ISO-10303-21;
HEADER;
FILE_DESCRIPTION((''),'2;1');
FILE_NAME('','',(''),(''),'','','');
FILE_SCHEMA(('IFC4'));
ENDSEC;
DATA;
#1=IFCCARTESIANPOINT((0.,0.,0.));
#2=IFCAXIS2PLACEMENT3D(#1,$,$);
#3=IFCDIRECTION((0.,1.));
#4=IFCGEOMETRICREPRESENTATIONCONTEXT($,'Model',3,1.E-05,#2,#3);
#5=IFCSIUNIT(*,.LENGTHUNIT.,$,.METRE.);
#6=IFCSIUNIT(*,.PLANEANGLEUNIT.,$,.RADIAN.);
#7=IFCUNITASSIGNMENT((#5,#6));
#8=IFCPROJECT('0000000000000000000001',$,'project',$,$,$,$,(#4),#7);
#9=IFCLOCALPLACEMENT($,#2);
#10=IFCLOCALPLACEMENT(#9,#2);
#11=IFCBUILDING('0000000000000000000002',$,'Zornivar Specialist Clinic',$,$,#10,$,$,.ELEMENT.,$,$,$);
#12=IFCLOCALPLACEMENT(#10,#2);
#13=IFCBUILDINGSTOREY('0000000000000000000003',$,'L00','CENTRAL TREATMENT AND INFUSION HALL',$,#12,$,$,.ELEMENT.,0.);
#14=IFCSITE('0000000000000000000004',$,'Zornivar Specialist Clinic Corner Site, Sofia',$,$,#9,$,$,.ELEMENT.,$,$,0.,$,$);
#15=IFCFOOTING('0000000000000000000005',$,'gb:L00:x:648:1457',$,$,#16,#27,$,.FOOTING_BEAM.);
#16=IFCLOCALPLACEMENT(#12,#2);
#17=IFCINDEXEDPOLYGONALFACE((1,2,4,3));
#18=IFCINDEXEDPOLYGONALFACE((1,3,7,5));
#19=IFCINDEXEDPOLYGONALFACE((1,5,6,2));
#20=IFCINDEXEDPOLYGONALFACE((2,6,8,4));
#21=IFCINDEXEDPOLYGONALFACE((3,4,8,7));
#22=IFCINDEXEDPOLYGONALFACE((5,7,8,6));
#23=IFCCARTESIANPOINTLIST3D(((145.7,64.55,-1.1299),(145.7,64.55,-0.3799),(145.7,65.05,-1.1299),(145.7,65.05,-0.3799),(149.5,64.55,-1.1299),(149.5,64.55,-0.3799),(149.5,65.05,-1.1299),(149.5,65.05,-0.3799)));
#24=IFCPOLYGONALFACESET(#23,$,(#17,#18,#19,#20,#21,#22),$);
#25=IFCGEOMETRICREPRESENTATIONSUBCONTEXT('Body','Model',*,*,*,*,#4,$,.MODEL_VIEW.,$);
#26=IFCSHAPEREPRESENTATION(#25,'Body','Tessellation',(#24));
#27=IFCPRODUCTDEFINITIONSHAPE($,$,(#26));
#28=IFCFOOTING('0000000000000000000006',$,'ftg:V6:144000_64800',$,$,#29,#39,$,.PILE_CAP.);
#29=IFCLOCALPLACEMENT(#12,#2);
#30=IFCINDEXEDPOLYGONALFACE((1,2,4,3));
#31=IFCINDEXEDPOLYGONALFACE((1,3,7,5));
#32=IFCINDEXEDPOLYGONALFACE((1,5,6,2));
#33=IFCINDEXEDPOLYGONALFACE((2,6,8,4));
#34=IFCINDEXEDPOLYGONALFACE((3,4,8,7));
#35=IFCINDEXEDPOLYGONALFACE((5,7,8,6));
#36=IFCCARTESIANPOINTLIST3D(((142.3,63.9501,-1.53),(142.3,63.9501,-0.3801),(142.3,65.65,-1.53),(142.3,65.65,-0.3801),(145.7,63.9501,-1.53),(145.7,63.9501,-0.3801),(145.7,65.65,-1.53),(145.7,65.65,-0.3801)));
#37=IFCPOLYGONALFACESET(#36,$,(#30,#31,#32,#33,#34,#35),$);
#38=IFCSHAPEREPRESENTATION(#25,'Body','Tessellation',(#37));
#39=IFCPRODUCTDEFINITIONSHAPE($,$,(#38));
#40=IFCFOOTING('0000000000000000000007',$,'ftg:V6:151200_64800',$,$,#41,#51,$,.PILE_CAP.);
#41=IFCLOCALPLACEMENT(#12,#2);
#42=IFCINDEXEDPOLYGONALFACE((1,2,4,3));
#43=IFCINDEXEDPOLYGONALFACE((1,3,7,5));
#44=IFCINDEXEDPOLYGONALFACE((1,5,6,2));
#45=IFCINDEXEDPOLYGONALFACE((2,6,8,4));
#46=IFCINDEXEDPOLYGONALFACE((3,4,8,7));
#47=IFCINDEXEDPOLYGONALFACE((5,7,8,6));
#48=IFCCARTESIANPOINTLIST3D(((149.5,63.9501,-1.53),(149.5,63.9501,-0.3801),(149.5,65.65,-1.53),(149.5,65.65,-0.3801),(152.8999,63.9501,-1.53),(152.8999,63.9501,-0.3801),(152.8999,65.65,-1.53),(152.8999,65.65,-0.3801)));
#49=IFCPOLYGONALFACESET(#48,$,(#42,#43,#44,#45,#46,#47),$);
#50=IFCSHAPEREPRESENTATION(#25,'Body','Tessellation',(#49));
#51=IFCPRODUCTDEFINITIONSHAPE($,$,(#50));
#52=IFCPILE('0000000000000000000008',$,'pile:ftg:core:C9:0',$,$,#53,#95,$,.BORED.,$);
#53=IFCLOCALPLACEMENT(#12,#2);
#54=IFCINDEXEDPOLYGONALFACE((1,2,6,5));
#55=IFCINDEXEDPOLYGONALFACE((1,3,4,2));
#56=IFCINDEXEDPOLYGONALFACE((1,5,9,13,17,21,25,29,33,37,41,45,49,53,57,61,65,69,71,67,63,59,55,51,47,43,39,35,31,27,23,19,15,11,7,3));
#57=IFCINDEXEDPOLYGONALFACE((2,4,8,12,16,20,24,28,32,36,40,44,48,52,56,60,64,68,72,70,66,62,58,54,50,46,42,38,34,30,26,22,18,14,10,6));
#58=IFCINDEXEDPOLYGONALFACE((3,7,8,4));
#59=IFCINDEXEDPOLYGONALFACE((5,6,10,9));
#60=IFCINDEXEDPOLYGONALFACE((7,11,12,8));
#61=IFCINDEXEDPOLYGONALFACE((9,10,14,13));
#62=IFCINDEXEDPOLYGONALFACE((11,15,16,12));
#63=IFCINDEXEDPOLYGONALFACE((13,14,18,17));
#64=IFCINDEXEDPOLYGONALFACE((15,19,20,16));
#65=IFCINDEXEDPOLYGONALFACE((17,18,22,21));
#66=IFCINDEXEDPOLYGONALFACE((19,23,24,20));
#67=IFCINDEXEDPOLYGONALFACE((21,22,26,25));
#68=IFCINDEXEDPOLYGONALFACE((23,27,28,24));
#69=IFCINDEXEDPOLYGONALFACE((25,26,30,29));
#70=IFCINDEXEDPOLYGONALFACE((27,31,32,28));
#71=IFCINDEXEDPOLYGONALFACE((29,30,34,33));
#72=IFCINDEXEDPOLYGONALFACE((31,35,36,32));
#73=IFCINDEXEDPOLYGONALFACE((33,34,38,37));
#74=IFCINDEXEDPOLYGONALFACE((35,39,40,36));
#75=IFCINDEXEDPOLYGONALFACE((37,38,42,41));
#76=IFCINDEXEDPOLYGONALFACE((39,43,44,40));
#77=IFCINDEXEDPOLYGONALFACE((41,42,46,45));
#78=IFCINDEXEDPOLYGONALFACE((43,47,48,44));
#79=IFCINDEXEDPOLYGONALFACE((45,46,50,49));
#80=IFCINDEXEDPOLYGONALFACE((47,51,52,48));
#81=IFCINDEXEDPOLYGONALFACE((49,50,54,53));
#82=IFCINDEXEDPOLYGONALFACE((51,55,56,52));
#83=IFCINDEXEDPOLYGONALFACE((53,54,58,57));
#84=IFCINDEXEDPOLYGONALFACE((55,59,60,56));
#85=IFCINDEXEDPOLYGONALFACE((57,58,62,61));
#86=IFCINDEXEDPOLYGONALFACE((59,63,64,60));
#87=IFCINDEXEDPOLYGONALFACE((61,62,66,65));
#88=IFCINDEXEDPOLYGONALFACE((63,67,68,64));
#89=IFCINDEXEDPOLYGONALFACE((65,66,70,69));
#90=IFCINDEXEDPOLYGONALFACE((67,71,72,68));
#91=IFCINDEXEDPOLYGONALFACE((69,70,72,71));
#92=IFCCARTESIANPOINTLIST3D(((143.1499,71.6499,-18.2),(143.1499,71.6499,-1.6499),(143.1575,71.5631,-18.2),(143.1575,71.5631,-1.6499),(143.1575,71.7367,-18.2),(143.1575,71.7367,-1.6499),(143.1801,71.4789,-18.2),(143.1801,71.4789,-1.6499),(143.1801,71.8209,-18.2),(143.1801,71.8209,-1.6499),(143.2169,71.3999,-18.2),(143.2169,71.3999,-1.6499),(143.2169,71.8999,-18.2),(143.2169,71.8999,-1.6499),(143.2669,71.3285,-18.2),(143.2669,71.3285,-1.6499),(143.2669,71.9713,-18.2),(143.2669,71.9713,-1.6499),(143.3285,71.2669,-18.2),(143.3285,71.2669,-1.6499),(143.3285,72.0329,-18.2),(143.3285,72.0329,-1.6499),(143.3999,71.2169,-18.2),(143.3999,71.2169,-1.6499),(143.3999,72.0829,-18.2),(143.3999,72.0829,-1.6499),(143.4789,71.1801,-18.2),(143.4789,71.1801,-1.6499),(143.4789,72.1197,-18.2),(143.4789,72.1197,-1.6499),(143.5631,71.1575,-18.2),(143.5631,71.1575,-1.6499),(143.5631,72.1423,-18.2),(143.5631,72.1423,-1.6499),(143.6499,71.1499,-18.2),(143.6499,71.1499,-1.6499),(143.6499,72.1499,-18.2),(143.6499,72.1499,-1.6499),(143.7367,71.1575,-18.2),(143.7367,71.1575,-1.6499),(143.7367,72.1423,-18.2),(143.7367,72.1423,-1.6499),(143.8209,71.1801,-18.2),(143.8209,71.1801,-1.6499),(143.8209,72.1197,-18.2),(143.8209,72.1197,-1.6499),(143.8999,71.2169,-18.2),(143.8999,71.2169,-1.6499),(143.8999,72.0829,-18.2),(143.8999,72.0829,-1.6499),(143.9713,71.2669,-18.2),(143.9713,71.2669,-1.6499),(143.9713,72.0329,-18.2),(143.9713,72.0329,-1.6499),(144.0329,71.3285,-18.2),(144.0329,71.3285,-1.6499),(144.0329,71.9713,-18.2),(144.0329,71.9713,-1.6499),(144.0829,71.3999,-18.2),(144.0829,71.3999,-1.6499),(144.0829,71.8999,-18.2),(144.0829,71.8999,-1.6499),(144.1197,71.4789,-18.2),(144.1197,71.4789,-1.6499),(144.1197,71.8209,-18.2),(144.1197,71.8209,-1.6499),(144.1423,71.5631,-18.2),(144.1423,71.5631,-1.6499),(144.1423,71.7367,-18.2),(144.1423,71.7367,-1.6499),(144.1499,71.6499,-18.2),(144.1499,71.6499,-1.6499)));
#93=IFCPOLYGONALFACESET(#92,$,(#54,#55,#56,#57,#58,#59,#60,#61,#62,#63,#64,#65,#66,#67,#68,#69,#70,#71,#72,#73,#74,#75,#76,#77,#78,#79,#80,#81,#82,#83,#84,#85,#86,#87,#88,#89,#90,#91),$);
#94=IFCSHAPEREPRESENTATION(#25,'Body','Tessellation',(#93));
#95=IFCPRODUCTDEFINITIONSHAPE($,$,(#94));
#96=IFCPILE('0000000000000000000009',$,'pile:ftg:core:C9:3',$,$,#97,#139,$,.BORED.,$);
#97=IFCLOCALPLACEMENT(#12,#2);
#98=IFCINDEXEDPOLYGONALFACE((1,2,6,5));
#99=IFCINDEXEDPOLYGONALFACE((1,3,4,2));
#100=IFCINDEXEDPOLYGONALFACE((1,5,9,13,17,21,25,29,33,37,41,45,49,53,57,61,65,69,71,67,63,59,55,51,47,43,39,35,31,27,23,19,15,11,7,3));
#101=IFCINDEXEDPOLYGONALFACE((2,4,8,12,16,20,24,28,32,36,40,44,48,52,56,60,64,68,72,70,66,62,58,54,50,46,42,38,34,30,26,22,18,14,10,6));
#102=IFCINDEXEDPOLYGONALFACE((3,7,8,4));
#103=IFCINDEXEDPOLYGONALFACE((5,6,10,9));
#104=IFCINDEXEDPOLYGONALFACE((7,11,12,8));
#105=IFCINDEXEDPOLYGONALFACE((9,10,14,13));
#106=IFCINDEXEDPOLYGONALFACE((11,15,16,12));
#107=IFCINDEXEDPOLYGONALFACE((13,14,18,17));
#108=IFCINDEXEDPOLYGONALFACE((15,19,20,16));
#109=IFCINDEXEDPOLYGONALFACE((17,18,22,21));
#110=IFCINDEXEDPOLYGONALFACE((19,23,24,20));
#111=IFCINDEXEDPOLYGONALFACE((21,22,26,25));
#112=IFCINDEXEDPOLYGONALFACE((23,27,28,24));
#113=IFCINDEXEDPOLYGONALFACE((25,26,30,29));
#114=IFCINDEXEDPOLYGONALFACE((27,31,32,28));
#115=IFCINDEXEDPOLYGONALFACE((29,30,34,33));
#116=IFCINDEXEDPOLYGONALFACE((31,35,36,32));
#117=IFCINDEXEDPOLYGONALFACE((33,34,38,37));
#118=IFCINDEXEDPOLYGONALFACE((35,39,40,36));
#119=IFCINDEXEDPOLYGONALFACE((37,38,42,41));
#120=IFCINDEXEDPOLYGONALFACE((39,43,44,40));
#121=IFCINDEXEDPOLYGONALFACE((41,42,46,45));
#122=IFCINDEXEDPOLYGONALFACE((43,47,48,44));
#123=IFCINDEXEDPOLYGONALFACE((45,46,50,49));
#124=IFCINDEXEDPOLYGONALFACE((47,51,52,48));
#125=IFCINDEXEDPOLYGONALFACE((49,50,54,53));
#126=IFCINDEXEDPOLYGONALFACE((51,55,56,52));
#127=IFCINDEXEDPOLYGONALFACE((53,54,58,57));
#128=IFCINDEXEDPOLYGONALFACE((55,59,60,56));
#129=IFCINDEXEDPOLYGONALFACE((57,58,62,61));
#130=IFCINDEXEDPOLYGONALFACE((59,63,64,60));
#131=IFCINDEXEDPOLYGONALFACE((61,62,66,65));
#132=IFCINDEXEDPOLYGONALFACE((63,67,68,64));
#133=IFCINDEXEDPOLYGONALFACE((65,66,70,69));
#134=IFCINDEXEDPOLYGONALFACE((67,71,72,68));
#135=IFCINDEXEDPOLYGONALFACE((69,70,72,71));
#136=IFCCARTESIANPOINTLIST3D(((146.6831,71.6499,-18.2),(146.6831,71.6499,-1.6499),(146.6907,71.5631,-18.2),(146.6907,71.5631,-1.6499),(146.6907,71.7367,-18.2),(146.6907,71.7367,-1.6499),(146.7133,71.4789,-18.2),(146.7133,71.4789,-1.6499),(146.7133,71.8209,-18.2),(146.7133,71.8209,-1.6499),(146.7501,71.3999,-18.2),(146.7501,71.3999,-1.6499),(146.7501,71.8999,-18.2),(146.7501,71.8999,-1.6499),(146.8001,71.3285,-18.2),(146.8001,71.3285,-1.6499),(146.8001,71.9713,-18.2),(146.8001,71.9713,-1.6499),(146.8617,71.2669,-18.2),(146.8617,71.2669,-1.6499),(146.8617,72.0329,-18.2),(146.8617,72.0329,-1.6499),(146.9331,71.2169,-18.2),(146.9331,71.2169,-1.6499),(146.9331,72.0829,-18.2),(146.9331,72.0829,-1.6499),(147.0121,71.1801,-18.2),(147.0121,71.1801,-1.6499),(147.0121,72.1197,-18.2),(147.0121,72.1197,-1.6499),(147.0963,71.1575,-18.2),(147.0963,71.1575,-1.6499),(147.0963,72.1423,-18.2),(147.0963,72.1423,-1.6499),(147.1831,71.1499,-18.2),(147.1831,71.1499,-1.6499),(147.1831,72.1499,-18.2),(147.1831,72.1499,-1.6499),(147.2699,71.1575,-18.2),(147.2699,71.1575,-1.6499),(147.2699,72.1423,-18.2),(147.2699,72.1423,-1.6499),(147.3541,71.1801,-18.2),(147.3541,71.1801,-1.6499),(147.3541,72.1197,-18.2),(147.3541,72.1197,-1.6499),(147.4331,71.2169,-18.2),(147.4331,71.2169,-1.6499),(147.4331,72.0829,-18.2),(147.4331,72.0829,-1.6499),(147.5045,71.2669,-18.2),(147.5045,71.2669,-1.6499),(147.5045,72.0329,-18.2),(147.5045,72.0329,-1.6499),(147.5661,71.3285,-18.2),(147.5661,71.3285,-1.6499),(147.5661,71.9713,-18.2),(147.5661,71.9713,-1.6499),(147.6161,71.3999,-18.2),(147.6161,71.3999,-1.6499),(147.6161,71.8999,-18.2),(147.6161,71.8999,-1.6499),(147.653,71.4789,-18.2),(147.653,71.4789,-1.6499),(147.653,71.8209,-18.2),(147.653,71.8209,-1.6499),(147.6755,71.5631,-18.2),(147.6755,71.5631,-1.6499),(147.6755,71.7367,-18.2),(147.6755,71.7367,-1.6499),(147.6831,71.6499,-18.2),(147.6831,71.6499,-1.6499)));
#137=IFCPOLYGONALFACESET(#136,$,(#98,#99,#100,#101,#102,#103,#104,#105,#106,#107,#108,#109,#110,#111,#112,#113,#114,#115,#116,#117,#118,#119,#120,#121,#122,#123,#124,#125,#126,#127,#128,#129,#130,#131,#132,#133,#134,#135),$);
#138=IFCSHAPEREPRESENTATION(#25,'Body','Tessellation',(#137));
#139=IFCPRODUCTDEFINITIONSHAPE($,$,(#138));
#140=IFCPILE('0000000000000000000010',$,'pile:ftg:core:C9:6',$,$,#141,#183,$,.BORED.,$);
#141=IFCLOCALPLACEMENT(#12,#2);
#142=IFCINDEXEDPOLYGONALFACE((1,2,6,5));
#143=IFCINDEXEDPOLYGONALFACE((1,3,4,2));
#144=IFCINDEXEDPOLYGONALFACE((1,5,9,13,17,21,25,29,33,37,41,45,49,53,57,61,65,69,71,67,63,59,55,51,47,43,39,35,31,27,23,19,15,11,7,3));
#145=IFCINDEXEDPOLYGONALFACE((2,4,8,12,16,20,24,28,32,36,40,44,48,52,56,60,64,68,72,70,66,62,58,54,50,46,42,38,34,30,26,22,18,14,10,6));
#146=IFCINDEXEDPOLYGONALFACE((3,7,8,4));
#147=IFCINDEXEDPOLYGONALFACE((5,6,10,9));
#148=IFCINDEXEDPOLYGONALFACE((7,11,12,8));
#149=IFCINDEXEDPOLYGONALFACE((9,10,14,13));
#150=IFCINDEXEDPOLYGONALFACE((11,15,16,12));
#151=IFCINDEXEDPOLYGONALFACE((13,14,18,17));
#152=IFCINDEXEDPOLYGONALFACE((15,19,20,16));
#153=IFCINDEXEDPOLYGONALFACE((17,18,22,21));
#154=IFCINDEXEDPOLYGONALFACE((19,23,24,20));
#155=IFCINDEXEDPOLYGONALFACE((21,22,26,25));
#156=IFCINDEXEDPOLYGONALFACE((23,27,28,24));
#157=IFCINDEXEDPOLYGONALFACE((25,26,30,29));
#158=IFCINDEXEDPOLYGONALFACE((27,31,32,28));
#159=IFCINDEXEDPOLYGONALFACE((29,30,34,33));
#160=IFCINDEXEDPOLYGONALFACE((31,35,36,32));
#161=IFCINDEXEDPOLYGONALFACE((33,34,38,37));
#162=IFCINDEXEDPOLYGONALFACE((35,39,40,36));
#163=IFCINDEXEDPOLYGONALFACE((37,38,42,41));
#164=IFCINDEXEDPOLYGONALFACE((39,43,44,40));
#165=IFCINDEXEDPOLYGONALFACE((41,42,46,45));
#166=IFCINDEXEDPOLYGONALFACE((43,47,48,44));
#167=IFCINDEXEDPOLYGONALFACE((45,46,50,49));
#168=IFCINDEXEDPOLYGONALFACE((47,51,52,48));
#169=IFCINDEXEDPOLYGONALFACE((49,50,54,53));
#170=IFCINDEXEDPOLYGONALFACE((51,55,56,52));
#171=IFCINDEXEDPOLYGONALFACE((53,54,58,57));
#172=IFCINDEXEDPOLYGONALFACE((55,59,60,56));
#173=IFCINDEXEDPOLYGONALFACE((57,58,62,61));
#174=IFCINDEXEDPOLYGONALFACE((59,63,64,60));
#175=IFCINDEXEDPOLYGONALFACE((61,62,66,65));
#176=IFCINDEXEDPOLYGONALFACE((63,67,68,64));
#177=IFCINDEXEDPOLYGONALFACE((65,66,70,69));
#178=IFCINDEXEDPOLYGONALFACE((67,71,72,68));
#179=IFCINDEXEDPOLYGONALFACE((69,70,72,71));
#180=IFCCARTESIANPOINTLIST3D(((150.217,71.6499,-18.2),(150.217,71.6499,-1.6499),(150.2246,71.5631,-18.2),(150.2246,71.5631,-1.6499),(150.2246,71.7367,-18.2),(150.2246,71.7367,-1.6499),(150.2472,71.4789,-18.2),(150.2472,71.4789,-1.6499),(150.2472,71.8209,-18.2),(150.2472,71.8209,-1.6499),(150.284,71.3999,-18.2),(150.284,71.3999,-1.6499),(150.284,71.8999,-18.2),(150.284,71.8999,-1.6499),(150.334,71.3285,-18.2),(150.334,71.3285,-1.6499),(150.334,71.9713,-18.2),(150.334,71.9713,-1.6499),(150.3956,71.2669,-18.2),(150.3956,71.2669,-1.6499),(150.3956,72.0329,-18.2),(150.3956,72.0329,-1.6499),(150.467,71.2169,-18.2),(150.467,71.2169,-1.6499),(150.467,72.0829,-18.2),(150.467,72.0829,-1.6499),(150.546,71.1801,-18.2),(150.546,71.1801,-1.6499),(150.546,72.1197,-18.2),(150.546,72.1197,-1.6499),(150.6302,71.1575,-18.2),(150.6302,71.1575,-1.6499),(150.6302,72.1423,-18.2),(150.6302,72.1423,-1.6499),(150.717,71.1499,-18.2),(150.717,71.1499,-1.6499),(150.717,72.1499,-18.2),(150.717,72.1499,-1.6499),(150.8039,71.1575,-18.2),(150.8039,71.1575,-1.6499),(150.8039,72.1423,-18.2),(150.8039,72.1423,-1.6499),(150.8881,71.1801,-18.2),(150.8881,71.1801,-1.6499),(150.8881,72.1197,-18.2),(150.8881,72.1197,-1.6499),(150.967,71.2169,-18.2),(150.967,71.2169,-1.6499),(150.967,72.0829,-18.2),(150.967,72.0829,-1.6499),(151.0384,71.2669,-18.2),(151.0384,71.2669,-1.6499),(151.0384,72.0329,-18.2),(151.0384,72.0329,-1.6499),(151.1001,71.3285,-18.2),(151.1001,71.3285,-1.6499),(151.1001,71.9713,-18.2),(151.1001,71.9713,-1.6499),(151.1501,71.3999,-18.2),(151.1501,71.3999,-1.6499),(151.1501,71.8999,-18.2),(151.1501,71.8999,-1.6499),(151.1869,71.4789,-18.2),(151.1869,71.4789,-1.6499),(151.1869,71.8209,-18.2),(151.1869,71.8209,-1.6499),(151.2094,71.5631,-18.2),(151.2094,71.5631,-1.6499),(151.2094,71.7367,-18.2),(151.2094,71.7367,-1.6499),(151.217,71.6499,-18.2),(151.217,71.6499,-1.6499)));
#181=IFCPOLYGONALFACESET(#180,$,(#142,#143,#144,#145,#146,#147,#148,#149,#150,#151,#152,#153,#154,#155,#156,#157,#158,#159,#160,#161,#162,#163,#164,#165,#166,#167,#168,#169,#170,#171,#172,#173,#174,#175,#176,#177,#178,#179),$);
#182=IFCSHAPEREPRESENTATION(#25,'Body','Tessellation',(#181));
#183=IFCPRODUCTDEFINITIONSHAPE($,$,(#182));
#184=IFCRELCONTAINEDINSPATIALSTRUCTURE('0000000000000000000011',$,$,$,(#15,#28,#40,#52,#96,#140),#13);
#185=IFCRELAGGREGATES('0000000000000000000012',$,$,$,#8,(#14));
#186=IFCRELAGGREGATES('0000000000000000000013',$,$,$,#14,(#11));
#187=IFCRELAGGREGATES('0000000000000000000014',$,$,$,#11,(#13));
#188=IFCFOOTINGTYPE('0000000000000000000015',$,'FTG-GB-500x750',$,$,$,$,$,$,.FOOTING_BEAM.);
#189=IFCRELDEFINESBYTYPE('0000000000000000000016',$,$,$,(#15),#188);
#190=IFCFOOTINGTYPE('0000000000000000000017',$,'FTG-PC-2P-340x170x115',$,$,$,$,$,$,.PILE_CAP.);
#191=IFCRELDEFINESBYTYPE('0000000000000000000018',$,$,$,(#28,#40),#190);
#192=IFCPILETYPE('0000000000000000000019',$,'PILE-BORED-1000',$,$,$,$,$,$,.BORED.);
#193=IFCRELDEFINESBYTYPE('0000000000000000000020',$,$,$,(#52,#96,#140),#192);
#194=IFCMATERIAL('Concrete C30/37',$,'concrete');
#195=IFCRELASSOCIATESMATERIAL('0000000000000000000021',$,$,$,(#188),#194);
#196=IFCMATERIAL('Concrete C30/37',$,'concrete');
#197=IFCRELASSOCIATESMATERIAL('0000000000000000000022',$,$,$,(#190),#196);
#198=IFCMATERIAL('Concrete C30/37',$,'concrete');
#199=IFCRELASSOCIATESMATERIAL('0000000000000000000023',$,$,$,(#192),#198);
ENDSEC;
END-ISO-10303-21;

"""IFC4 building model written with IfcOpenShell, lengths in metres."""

from ifc_helpers import new_model, si_unit, direction, frame, origin, origin_2d, place, context, subcontext, project, spatial, rectangle, circle, extrude, material, material_profile, profile_set, type_object, element, save


model = new_model("IFC4")

# Units and contexts
model_context = context("Model", 3, precision=1e-05, world=origin(), true_north=direction((0.0, 1.0)))
body_context = subcontext(model_context, "Body", "Model", "MODEL_VIEW")
ifc_project = project(units=[si_unit("LENGTHUNIT", "METRE"), si_unit("PLANEANGLEUNIT", "RADIAN")], contexts=[model_context])

# Site, building, storey
site_placement = place(None, origin())
site = spatial("IfcSite", under=ifc_project, at=site_placement, Name="Zornivar Specialist Clinic Corner Site, Sofia", CompositionType="ELEMENT", RefElevation=0.0)
building_placement = place(site_placement, origin())
building = spatial("IfcBuilding", under=site, at=building_placement, Name="Zornivar Specialist Clinic", CompositionType="ELEMENT")
storey_placement = place(building_placement, origin())
storey = spatial("IfcBuildingStorey", under=building, at=storey_placement, Name="L00", Description="CENTRAL TREATMENT AND INFUSION HALL", CompositionType="ELEMENT", Elevation=0.0)

# Footings
ifc_material_1 = material(Name="Concrete C30/37", Category="concrete")
ifc_material_profile_1 = material_profile(ifc_material_1, rectangle(XDim=0.5, YDim=0.75, at=origin_2d()), Name="RC 500x750")
ifc_profile_set_1 = profile_set([ifc_material_profile_1], Name="Concrete C30/37")
footing_type_1 = type_object("IfcFootingType", Name="FTG-GB-500x750", PredefinedType="FOOTING_BEAM", material=ifc_profile_set_1)
footing_placement = place(storey_placement, frame((145.7, 64.8, -0.7549), z_axis=(1.0, 0.0, 0.0), x_axis=(0.0, 1.0, 0.0)))
element("IfcFooting", 1, at=footing_placement, inside=storey, type_object=footing_type_1, Name="gb:L00:x:648:1457", PredefinedType="FOOTING_BEAM", context=body_context, shape_type="SweptSolid", body=[
    extrude(rectangle(XDim=0.5, YDim=0.75, at=origin_2d()), origin(), (0.0, 0.0, 1.0), 3.8),
])
ifc_material_2 = material(Name="Concrete C30/37", Category="concrete")
footing_type_2 = type_object("IfcFootingType", Name="FTG-PC-2P-340x170x115", PredefinedType="PILE_CAP", material=ifc_material_2)
for number, where, z_axis, x_axis, name in (
    (2, (144.0, 64.8, -1.53), (0.0, 0.0, 1.0), (1.0, 0.0, 0.0), "ftg:V6:144000_64800"),
    (3, (151.2, 64.8, -1.53), (0.0, 0.0, 1.0), (1.0, 0.0, 0.0), "ftg:V6:151200_64800"),
):
    element("IfcFooting", number, at=place(storey_placement, frame(where, z_axis=z_axis, x_axis=x_axis)), inside=storey, type_object=footing_type_2, Name=name, PredefinedType="PILE_CAP", context=body_context, shape_type="SweptSolid", body=[
        extrude(rectangle(XDim=3.3999, YDim=1.7, at=origin_2d()), origin(), (0.0, 0.0, 1.0), 1.1499),
    ])

# Piles
ifc_material_3 = material(Name="Concrete C30/37", Category="concrete")
ifc_material_profile_2 = material_profile(ifc_material_3, circle(Radius=0.5, at=origin_2d()), Name="PILE D1000")
ifc_profile_set_2 = profile_set([ifc_material_profile_2], Name="Concrete C30/37")
pile_type_1 = type_object("IfcPileType", Name="PILE-BORED-1000", PredefinedType="BORED", material=ifc_profile_set_2)
for number, where, z_axis, x_axis, name in (
    (4, (143.6499, 71.6499, -1.6499), (0.0, 0.0, -1.0), (1.0, 0.0, 0.0), "pile:ftg:core:C9:0"),
    (5, (147.1831, 71.6499, -1.6499), (0.0, 0.0, -1.0), (1.0, 0.0, 0.0), "pile:ftg:core:C9:3"),
    (6, (150.717, 71.6499, -1.6499), (0.0, 0.0, -1.0), (1.0, 0.0, 0.0), "pile:ftg:core:C9:6"),
):
    element("IfcPile", number, at=place(storey_placement, frame(where, z_axis=z_axis, x_axis=x_axis)), inside=storey, type_object=pile_type_1, Name=name, PredefinedType="BORED", context=body_context, shape_type="SweptSolid", body=[
        extrude(circle(Radius=0.5, at=origin_2d()), origin(), (0.0, 0.0, 1.0), 16.55),
    ])

save(model, "model.ifc")
